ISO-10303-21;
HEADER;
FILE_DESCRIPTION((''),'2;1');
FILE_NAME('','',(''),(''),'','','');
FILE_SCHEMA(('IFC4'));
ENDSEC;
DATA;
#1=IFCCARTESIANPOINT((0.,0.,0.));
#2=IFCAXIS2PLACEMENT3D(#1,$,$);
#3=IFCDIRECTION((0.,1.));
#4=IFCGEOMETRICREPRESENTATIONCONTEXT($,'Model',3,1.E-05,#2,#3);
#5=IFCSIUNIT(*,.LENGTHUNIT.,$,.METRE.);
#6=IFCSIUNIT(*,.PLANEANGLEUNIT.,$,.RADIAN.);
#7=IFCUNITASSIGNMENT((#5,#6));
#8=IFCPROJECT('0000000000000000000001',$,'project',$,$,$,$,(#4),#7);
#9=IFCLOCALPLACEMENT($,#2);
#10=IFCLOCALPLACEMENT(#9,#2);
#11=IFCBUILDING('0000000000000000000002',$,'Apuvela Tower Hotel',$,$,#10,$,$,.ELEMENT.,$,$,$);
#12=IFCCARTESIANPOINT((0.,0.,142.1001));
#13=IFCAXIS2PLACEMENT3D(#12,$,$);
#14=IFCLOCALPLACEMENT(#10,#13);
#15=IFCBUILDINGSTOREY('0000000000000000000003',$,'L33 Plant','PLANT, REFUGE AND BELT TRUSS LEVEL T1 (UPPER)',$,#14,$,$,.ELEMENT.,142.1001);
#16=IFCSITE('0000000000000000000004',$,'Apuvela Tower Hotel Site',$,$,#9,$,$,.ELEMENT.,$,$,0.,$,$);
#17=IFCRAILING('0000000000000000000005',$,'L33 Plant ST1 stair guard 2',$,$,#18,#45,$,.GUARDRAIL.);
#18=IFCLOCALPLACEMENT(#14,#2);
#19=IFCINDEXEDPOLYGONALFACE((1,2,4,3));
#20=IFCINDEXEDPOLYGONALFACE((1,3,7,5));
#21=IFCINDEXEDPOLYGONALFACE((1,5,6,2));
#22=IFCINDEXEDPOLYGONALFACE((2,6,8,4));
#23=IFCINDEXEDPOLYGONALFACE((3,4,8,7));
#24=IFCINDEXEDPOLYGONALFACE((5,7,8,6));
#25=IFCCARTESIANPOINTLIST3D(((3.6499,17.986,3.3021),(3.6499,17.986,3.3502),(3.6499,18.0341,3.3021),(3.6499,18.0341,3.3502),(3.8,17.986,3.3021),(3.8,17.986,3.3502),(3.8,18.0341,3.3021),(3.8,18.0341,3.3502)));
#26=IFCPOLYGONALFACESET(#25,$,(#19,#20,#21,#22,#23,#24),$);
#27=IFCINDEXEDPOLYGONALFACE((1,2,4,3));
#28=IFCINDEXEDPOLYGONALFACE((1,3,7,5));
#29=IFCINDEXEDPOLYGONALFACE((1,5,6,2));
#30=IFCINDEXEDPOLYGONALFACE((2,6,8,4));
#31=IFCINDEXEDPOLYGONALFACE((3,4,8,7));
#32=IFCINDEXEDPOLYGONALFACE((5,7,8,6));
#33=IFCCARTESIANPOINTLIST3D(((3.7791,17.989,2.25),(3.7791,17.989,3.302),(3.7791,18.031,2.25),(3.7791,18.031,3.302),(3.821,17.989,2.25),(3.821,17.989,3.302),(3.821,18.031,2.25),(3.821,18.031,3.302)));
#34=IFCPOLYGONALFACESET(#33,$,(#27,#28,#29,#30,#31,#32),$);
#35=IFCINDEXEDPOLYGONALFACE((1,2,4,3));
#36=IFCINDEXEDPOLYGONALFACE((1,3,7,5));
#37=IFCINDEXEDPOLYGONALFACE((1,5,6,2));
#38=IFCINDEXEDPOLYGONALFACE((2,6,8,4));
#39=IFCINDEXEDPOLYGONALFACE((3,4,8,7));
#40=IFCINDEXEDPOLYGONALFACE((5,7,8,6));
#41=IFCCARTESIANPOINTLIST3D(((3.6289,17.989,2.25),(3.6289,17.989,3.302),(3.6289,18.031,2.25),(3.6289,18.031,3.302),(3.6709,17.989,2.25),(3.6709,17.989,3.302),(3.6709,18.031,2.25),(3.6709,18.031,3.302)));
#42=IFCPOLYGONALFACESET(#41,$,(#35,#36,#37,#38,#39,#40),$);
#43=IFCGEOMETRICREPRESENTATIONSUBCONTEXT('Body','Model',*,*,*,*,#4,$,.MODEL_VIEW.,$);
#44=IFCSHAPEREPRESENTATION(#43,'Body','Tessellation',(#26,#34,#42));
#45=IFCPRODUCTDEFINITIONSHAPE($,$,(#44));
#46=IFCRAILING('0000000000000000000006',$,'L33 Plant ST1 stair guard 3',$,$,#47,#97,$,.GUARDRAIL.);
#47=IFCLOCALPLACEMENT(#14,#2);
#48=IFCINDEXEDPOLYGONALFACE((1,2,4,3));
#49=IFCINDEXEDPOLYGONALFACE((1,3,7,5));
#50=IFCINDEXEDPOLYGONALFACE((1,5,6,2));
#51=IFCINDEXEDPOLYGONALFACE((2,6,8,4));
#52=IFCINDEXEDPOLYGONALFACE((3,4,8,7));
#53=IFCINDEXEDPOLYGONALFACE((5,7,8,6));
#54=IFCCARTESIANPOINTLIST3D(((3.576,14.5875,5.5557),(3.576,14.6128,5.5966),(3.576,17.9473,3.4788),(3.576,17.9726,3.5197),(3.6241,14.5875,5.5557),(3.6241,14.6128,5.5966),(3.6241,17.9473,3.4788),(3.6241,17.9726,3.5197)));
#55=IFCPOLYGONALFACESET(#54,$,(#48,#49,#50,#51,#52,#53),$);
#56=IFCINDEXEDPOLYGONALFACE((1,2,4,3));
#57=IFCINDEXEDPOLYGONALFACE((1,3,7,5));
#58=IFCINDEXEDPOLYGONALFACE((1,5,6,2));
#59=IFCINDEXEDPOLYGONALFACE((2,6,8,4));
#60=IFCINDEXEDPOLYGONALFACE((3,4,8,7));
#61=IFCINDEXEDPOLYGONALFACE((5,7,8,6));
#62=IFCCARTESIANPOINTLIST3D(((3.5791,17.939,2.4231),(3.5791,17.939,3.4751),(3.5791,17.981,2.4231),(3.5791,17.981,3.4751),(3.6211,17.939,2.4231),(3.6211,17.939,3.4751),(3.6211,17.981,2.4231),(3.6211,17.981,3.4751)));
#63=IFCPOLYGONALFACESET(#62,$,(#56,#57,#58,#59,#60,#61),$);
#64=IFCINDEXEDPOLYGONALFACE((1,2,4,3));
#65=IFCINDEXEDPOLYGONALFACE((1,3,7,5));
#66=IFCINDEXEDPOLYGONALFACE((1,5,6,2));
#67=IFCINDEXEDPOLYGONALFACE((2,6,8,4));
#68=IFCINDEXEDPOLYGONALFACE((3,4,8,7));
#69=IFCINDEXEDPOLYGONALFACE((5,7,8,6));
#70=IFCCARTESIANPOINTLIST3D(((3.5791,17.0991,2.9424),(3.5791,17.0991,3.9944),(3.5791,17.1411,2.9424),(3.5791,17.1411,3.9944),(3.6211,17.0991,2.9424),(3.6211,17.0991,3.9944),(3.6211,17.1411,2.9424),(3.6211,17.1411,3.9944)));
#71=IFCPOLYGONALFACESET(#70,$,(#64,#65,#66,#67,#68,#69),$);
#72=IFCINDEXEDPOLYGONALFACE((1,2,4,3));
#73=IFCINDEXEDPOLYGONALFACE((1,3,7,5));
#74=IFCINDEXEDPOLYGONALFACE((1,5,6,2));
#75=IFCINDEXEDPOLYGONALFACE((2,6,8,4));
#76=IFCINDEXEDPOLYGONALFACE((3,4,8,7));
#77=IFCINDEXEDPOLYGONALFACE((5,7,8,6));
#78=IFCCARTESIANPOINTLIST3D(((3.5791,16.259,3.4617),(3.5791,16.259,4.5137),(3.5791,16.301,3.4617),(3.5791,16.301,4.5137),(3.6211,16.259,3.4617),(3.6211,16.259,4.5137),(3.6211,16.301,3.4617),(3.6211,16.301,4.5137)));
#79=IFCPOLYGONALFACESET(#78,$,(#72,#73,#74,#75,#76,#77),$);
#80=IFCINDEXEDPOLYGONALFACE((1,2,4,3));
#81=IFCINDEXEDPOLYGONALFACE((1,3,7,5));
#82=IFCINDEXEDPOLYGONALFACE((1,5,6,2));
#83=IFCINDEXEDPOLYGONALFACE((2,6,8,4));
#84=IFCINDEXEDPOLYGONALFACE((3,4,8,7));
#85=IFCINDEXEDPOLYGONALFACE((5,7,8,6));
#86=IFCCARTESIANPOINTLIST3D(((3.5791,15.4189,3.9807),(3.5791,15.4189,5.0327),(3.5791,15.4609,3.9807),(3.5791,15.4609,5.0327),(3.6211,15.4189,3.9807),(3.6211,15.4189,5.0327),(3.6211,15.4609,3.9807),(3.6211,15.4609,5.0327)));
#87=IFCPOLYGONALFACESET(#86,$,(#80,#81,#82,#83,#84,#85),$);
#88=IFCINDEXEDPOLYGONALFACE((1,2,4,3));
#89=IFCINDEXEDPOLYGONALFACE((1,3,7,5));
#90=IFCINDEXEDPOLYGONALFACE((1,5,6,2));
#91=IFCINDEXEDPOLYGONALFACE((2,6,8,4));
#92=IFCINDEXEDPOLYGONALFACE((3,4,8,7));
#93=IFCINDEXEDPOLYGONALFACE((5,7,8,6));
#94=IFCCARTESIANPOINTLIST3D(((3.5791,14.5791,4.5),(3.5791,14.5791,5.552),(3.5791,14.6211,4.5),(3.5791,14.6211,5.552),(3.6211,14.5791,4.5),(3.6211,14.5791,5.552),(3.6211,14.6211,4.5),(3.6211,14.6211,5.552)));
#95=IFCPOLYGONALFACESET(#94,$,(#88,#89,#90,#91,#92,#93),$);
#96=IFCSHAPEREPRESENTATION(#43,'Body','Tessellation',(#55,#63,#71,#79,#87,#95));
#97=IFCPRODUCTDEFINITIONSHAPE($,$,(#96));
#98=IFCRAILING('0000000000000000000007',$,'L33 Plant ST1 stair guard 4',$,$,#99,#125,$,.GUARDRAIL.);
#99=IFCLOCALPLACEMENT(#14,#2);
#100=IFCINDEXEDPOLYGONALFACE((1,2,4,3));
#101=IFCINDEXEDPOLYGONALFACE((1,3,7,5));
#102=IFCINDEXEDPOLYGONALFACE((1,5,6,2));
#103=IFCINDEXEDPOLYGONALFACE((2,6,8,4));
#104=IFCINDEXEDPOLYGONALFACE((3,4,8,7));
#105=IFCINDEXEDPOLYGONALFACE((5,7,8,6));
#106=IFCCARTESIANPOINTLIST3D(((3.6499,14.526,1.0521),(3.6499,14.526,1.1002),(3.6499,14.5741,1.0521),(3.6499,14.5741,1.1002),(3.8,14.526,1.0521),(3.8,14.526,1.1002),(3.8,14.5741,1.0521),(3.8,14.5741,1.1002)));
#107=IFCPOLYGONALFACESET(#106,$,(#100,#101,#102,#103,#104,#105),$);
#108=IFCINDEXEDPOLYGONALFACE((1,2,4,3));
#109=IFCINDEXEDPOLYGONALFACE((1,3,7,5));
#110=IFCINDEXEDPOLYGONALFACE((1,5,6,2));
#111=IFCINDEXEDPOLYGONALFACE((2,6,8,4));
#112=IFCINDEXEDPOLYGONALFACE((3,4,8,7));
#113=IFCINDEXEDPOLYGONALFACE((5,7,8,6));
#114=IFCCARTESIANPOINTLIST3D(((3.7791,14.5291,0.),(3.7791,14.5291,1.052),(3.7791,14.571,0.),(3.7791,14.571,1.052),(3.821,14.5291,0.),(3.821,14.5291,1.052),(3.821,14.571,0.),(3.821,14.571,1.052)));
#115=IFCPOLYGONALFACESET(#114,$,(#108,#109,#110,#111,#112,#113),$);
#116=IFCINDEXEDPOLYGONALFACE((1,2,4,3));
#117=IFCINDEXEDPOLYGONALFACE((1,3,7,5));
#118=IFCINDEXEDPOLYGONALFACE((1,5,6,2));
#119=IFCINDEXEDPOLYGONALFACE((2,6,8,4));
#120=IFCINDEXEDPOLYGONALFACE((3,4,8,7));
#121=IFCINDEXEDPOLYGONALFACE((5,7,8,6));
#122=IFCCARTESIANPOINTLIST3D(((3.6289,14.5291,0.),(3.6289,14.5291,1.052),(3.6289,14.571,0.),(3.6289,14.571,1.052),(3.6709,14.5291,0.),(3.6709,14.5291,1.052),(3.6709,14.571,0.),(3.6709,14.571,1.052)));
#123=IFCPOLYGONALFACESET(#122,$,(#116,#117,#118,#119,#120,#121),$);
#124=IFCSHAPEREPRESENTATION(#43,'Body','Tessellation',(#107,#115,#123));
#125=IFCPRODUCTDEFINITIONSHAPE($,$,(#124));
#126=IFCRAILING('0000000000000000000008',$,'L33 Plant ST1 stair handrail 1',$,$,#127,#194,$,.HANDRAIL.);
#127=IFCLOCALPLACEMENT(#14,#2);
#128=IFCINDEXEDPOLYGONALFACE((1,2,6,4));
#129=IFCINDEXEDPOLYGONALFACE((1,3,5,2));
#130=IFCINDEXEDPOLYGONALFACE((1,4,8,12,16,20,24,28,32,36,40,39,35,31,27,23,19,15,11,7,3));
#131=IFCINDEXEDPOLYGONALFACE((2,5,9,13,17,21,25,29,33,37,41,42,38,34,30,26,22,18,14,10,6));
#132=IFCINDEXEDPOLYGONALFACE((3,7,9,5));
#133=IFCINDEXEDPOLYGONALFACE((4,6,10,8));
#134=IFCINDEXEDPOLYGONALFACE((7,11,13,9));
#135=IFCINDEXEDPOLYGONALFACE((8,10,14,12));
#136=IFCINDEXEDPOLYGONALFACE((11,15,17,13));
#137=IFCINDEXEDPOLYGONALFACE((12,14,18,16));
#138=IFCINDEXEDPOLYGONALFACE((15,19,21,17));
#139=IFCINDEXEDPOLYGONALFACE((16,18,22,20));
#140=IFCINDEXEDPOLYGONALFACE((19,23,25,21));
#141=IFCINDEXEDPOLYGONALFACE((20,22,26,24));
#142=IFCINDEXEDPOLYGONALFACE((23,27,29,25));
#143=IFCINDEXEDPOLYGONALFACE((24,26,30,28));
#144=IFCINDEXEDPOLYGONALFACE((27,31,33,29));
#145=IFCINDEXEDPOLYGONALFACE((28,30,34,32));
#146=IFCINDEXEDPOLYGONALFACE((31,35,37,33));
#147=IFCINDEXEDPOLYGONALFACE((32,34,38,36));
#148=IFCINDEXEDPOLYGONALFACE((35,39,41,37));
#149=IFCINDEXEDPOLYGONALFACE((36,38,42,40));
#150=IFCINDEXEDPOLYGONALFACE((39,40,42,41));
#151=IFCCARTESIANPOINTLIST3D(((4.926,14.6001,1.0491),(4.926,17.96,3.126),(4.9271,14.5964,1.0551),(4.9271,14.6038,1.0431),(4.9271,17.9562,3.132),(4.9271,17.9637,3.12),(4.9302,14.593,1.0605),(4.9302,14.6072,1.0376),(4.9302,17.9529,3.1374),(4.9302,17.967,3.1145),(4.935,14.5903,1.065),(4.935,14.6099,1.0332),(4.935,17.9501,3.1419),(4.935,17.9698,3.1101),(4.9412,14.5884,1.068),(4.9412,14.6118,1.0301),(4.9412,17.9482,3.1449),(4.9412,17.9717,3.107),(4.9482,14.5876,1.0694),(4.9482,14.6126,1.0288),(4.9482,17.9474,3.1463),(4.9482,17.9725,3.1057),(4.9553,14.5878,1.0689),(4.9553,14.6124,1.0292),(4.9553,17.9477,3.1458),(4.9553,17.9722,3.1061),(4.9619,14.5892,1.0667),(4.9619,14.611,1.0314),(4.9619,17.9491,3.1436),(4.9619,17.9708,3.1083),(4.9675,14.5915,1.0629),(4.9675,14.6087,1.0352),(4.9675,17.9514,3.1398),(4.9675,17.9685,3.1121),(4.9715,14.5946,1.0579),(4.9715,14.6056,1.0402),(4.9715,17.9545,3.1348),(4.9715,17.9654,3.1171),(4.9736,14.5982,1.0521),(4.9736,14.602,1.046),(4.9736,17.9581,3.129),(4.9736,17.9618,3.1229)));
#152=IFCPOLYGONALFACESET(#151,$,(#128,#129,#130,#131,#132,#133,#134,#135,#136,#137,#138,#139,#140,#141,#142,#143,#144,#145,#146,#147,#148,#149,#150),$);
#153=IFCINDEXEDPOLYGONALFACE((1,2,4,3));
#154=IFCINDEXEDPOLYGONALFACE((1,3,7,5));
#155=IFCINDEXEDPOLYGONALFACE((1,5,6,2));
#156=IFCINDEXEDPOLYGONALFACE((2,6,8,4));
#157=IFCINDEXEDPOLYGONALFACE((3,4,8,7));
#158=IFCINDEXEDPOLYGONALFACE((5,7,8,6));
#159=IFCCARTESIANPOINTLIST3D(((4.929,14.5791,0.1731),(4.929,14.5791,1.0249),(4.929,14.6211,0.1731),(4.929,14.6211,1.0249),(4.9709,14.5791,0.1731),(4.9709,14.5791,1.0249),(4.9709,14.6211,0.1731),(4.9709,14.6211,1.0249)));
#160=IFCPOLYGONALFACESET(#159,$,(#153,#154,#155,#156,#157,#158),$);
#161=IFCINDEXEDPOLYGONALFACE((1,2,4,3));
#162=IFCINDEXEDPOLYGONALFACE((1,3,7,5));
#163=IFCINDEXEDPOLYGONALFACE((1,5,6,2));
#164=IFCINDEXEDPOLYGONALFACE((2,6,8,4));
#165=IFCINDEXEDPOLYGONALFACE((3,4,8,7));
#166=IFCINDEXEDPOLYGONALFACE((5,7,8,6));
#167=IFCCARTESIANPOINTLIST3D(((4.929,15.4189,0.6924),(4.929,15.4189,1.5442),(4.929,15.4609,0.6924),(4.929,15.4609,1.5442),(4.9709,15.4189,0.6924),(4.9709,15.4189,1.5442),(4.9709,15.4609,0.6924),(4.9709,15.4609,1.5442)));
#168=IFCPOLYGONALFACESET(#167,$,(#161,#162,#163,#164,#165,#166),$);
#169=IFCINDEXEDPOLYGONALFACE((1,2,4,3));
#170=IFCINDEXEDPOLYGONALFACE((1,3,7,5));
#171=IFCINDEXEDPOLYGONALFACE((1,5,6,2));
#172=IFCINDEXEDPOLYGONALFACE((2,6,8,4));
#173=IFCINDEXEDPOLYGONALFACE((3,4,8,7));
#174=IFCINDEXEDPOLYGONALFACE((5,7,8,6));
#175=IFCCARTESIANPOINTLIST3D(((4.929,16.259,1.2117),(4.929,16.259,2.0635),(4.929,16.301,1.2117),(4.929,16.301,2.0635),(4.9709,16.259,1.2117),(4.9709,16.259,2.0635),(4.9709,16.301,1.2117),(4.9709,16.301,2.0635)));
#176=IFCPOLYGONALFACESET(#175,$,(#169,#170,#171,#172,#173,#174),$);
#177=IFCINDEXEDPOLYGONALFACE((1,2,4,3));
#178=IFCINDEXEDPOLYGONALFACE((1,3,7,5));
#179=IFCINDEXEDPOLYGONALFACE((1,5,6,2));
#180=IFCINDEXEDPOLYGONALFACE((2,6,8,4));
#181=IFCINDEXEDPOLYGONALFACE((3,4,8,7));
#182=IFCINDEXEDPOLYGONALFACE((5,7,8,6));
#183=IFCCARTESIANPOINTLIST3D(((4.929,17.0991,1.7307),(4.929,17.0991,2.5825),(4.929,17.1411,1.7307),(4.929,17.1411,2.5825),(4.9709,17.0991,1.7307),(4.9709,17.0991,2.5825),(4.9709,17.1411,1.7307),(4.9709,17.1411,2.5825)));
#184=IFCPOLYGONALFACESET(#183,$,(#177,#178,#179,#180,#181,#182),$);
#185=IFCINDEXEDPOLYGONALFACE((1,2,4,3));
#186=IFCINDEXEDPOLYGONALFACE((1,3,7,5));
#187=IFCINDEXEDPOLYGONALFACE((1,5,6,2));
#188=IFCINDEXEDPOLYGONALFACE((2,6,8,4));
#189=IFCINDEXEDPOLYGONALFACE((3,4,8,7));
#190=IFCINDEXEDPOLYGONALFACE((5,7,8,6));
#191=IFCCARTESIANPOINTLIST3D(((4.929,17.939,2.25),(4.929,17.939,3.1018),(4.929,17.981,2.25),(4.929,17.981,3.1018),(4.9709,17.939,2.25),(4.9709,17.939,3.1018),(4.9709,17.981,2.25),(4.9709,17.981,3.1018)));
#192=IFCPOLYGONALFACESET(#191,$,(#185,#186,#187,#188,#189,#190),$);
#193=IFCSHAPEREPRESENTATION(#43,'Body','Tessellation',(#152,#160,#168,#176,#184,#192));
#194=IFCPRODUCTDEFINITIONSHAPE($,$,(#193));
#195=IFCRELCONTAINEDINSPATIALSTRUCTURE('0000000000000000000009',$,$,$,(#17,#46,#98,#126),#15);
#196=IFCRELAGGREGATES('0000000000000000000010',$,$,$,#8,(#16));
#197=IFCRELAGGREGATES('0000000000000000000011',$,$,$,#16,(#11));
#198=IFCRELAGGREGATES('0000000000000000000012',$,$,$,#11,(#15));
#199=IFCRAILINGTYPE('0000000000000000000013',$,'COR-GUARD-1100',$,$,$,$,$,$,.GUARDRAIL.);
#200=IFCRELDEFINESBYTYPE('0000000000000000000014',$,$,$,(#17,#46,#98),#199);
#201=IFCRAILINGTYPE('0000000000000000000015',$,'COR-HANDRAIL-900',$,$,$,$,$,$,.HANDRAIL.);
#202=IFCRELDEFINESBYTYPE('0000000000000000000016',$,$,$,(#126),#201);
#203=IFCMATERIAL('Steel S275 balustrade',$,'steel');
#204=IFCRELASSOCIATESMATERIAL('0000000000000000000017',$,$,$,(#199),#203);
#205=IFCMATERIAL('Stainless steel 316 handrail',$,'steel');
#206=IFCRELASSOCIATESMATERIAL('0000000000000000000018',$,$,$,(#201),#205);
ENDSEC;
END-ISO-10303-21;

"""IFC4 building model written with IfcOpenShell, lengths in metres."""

from ifc_helpers import new_model, si_unit, direction, frame, origin, origin_2d, place, context, subcontext, project, spatial, rectangle, circle, extrude, material, type_object, element, save


model = new_model("IFC4")

# Units and contexts
model_context = context("Model", 3, precision=1e-05, world=origin(), true_north=direction((0.0, 1.0)))
body_context = subcontext(model_context, "Body", "Model", "MODEL_VIEW")
ifc_project = project(units=[si_unit("LENGTHUNIT", "METRE"), si_unit("PLANEANGLEUNIT", "RADIAN")], contexts=[model_context])

# Site, building, storey
site_placement = place(None, origin())
site = spatial("IfcSite", under=ifc_project, at=site_placement, Name="Apuvela Tower Hotel Site", CompositionType="ELEMENT", RefElevation=0.0)
building_placement = place(site_placement, origin())
building = spatial("IfcBuilding", under=site, at=building_placement, Name="Apuvela Tower Hotel", CompositionType="ELEMENT")
storey_placement = place(building_placement, frame((0.0, 0.0, 142.1001)))
storey = spatial("IfcBuildingStorey", under=building, at=storey_placement, Name="L33 Plant", Description="PLANT, REFUGE AND BELT TRUSS LEVEL T1 (UPPER)", CompositionType="ELEMENT", Elevation=142.1001)

# Railings
ifc_material_1 = material(Name="Steel S275 balustrade", Category="steel")
railing_type_1 = type_object("IfcRailingType", Name="COR-GUARD-1100", PredefinedType="GUARDRAIL", material=ifc_material_1)
railing_1_placement = place(storey_placement, frame((3.8, 18.01, 2.25)))
element("IfcRailing", 1, at=railing_1_placement, inside=storey, type_object=railing_type_1, Name="L33 Plant ST1 stair guard 2", PredefinedType="GUARDRAIL", context=body_context, shape_type="SweptSolid", body=[
    extrude(rectangle(XDim=0.0481, YDim=0.0481, at=origin_2d()), frame((0.0, 0.0, 1.0762), z_axis=(-1.0, 0.0, 0.0), x_axis=(0.0, -1.0, 0.0)), (0.0, 0.0, 1.0), 0.1501),
    extrude(rectangle(XDim=0.042, YDim=0.042, at=origin_2d()), origin(), (0.0, 0.0, 1.0), 1.052),
    extrude(rectangle(XDim=0.042, YDim=0.042, at=origin_2d()), frame((-0.1501, 0.0, 0.0)), (0.0, 0.0, 1.0), 1.052),
])
railing_2_placement = place(storey_placement, frame((3.6001, 17.96, 2.4231)))
element("IfcRailing", 2, at=railing_2_placement, inside=storey, type_object=railing_type_1, Name="L33 Plant ST1 stair guard 3", PredefinedType="GUARDRAIL", context=body_context, shape_type="SweptSolid", body=[
    extrude(rectangle(XDim=0.0481, YDim=0.0481, at=origin_2d()), frame((0.0, 0.0, 1.0762), z_axis=(0.0, -0.850606, 0.525803), x_axis=(1.0, 0.0, 0.0)), (0.0, 0.0, 1.0), 3.95),
    extrude(rectangle(XDim=0.042, YDim=0.042, at=origin_2d()), origin(), (0.0, 0.0, 1.0), 1.052),
    extrude(rectangle(XDim=0.042, YDim=0.042, at=origin_2d()), frame((0.0, -0.8398, 0.5193)), (0.0, 0.0, 1.0), 1.052),
    extrude(rectangle(XDim=0.042, YDim=0.042, at=origin_2d()), frame((0.0, -1.6799, 1.0386)), (0.0, 0.0, 1.0), 1.052),
    extrude(rectangle(XDim=0.042, YDim=0.042, at=origin_2d()), frame((0.0, -2.52, 1.5576)), (0.0, 0.0, 1.0), 1.052),
    extrude(rectangle(XDim=0.042, YDim=0.042, at=origin_2d()), frame((0.0, -3.3599, 2.0769)), (0.0, 0.0, 1.0), 1.052),
])
railing_3_placement = place(storey_placement, frame((3.8, 14.55, 0.0)))
element("IfcRailing", 3, at=railing_3_placement, inside=storey, type_object=railing_type_1, Name="L33 Plant ST1 stair guard 4", PredefinedType="GUARDRAIL", context=body_context, shape_type="SweptSolid", body=[
    extrude(rectangle(XDim=0.0481, YDim=0.0481, at=origin_2d()), frame((0.0, 0.0, 1.0762), z_axis=(-1.0, 0.0, 0.0), x_axis=(0.0, -1.0, 0.0)), (0.0, 0.0, 1.0), 0.1501),
    extrude(rectangle(XDim=0.042, YDim=0.042, at=origin_2d()), origin(), (0.0, 0.0, 1.0), 1.052),
    extrude(rectangle(XDim=0.042, YDim=0.042, at=origin_2d()), frame((-0.1501, 0.0, 0.0)), (0.0, 0.0, 1.0), 1.052),
])
ifc_material_2 = material(Name="Stainless steel 316 handrail", Category="steel")
railing_type_2 = type_object("IfcRailingType", Name="COR-HANDRAIL-900", PredefinedType="HANDRAIL", material=ifc_material_2)
railing_4_placement = place(storey_placement, frame((4.95, 14.6001, 0.1731)))
element("IfcRailing", 4, at=railing_4_placement, inside=storey, type_object=railing_type_2, Name="L33 Plant ST1 stair handrail 1", PredefinedType="HANDRAIL", context=body_context, shape_type="SweptSolid", body=[
    extrude(circle(Radius=0.0239, at=origin_2d()), frame((0.0, 0.0, 0.876), z_axis=(0.0, 0.850606, 0.525803), x_axis=(-1.0, 0.0, 0.0)), (0.0, 0.0, 1.0), 3.95),
    extrude(rectangle(XDim=0.042, YDim=0.042, at=origin_2d()), origin(), (0.0, 0.0, 1.0), 0.8518),
    extrude(rectangle(XDim=0.042, YDim=0.042, at=origin_2d()), frame((0.0, 0.8398, 0.5193)), (0.0, 0.0, 1.0), 0.8518),
    extrude(rectangle(XDim=0.042, YDim=0.042, at=origin_2d()), frame((0.0, 1.6799, 1.0386)), (0.0, 0.0, 1.0), 0.8518),
    extrude(rectangle(XDim=0.042, YDim=0.042, at=origin_2d()), frame((0.0, 2.52, 1.5576)), (0.0, 0.0, 1.0), 0.8518),
    extrude(rectangle(XDim=0.042, YDim=0.042, at=origin_2d()), frame((0.0, 3.3599, 2.0769)), (0.0, 0.0, 1.0), 0.8518),
])

save(model, "model.ifc")
